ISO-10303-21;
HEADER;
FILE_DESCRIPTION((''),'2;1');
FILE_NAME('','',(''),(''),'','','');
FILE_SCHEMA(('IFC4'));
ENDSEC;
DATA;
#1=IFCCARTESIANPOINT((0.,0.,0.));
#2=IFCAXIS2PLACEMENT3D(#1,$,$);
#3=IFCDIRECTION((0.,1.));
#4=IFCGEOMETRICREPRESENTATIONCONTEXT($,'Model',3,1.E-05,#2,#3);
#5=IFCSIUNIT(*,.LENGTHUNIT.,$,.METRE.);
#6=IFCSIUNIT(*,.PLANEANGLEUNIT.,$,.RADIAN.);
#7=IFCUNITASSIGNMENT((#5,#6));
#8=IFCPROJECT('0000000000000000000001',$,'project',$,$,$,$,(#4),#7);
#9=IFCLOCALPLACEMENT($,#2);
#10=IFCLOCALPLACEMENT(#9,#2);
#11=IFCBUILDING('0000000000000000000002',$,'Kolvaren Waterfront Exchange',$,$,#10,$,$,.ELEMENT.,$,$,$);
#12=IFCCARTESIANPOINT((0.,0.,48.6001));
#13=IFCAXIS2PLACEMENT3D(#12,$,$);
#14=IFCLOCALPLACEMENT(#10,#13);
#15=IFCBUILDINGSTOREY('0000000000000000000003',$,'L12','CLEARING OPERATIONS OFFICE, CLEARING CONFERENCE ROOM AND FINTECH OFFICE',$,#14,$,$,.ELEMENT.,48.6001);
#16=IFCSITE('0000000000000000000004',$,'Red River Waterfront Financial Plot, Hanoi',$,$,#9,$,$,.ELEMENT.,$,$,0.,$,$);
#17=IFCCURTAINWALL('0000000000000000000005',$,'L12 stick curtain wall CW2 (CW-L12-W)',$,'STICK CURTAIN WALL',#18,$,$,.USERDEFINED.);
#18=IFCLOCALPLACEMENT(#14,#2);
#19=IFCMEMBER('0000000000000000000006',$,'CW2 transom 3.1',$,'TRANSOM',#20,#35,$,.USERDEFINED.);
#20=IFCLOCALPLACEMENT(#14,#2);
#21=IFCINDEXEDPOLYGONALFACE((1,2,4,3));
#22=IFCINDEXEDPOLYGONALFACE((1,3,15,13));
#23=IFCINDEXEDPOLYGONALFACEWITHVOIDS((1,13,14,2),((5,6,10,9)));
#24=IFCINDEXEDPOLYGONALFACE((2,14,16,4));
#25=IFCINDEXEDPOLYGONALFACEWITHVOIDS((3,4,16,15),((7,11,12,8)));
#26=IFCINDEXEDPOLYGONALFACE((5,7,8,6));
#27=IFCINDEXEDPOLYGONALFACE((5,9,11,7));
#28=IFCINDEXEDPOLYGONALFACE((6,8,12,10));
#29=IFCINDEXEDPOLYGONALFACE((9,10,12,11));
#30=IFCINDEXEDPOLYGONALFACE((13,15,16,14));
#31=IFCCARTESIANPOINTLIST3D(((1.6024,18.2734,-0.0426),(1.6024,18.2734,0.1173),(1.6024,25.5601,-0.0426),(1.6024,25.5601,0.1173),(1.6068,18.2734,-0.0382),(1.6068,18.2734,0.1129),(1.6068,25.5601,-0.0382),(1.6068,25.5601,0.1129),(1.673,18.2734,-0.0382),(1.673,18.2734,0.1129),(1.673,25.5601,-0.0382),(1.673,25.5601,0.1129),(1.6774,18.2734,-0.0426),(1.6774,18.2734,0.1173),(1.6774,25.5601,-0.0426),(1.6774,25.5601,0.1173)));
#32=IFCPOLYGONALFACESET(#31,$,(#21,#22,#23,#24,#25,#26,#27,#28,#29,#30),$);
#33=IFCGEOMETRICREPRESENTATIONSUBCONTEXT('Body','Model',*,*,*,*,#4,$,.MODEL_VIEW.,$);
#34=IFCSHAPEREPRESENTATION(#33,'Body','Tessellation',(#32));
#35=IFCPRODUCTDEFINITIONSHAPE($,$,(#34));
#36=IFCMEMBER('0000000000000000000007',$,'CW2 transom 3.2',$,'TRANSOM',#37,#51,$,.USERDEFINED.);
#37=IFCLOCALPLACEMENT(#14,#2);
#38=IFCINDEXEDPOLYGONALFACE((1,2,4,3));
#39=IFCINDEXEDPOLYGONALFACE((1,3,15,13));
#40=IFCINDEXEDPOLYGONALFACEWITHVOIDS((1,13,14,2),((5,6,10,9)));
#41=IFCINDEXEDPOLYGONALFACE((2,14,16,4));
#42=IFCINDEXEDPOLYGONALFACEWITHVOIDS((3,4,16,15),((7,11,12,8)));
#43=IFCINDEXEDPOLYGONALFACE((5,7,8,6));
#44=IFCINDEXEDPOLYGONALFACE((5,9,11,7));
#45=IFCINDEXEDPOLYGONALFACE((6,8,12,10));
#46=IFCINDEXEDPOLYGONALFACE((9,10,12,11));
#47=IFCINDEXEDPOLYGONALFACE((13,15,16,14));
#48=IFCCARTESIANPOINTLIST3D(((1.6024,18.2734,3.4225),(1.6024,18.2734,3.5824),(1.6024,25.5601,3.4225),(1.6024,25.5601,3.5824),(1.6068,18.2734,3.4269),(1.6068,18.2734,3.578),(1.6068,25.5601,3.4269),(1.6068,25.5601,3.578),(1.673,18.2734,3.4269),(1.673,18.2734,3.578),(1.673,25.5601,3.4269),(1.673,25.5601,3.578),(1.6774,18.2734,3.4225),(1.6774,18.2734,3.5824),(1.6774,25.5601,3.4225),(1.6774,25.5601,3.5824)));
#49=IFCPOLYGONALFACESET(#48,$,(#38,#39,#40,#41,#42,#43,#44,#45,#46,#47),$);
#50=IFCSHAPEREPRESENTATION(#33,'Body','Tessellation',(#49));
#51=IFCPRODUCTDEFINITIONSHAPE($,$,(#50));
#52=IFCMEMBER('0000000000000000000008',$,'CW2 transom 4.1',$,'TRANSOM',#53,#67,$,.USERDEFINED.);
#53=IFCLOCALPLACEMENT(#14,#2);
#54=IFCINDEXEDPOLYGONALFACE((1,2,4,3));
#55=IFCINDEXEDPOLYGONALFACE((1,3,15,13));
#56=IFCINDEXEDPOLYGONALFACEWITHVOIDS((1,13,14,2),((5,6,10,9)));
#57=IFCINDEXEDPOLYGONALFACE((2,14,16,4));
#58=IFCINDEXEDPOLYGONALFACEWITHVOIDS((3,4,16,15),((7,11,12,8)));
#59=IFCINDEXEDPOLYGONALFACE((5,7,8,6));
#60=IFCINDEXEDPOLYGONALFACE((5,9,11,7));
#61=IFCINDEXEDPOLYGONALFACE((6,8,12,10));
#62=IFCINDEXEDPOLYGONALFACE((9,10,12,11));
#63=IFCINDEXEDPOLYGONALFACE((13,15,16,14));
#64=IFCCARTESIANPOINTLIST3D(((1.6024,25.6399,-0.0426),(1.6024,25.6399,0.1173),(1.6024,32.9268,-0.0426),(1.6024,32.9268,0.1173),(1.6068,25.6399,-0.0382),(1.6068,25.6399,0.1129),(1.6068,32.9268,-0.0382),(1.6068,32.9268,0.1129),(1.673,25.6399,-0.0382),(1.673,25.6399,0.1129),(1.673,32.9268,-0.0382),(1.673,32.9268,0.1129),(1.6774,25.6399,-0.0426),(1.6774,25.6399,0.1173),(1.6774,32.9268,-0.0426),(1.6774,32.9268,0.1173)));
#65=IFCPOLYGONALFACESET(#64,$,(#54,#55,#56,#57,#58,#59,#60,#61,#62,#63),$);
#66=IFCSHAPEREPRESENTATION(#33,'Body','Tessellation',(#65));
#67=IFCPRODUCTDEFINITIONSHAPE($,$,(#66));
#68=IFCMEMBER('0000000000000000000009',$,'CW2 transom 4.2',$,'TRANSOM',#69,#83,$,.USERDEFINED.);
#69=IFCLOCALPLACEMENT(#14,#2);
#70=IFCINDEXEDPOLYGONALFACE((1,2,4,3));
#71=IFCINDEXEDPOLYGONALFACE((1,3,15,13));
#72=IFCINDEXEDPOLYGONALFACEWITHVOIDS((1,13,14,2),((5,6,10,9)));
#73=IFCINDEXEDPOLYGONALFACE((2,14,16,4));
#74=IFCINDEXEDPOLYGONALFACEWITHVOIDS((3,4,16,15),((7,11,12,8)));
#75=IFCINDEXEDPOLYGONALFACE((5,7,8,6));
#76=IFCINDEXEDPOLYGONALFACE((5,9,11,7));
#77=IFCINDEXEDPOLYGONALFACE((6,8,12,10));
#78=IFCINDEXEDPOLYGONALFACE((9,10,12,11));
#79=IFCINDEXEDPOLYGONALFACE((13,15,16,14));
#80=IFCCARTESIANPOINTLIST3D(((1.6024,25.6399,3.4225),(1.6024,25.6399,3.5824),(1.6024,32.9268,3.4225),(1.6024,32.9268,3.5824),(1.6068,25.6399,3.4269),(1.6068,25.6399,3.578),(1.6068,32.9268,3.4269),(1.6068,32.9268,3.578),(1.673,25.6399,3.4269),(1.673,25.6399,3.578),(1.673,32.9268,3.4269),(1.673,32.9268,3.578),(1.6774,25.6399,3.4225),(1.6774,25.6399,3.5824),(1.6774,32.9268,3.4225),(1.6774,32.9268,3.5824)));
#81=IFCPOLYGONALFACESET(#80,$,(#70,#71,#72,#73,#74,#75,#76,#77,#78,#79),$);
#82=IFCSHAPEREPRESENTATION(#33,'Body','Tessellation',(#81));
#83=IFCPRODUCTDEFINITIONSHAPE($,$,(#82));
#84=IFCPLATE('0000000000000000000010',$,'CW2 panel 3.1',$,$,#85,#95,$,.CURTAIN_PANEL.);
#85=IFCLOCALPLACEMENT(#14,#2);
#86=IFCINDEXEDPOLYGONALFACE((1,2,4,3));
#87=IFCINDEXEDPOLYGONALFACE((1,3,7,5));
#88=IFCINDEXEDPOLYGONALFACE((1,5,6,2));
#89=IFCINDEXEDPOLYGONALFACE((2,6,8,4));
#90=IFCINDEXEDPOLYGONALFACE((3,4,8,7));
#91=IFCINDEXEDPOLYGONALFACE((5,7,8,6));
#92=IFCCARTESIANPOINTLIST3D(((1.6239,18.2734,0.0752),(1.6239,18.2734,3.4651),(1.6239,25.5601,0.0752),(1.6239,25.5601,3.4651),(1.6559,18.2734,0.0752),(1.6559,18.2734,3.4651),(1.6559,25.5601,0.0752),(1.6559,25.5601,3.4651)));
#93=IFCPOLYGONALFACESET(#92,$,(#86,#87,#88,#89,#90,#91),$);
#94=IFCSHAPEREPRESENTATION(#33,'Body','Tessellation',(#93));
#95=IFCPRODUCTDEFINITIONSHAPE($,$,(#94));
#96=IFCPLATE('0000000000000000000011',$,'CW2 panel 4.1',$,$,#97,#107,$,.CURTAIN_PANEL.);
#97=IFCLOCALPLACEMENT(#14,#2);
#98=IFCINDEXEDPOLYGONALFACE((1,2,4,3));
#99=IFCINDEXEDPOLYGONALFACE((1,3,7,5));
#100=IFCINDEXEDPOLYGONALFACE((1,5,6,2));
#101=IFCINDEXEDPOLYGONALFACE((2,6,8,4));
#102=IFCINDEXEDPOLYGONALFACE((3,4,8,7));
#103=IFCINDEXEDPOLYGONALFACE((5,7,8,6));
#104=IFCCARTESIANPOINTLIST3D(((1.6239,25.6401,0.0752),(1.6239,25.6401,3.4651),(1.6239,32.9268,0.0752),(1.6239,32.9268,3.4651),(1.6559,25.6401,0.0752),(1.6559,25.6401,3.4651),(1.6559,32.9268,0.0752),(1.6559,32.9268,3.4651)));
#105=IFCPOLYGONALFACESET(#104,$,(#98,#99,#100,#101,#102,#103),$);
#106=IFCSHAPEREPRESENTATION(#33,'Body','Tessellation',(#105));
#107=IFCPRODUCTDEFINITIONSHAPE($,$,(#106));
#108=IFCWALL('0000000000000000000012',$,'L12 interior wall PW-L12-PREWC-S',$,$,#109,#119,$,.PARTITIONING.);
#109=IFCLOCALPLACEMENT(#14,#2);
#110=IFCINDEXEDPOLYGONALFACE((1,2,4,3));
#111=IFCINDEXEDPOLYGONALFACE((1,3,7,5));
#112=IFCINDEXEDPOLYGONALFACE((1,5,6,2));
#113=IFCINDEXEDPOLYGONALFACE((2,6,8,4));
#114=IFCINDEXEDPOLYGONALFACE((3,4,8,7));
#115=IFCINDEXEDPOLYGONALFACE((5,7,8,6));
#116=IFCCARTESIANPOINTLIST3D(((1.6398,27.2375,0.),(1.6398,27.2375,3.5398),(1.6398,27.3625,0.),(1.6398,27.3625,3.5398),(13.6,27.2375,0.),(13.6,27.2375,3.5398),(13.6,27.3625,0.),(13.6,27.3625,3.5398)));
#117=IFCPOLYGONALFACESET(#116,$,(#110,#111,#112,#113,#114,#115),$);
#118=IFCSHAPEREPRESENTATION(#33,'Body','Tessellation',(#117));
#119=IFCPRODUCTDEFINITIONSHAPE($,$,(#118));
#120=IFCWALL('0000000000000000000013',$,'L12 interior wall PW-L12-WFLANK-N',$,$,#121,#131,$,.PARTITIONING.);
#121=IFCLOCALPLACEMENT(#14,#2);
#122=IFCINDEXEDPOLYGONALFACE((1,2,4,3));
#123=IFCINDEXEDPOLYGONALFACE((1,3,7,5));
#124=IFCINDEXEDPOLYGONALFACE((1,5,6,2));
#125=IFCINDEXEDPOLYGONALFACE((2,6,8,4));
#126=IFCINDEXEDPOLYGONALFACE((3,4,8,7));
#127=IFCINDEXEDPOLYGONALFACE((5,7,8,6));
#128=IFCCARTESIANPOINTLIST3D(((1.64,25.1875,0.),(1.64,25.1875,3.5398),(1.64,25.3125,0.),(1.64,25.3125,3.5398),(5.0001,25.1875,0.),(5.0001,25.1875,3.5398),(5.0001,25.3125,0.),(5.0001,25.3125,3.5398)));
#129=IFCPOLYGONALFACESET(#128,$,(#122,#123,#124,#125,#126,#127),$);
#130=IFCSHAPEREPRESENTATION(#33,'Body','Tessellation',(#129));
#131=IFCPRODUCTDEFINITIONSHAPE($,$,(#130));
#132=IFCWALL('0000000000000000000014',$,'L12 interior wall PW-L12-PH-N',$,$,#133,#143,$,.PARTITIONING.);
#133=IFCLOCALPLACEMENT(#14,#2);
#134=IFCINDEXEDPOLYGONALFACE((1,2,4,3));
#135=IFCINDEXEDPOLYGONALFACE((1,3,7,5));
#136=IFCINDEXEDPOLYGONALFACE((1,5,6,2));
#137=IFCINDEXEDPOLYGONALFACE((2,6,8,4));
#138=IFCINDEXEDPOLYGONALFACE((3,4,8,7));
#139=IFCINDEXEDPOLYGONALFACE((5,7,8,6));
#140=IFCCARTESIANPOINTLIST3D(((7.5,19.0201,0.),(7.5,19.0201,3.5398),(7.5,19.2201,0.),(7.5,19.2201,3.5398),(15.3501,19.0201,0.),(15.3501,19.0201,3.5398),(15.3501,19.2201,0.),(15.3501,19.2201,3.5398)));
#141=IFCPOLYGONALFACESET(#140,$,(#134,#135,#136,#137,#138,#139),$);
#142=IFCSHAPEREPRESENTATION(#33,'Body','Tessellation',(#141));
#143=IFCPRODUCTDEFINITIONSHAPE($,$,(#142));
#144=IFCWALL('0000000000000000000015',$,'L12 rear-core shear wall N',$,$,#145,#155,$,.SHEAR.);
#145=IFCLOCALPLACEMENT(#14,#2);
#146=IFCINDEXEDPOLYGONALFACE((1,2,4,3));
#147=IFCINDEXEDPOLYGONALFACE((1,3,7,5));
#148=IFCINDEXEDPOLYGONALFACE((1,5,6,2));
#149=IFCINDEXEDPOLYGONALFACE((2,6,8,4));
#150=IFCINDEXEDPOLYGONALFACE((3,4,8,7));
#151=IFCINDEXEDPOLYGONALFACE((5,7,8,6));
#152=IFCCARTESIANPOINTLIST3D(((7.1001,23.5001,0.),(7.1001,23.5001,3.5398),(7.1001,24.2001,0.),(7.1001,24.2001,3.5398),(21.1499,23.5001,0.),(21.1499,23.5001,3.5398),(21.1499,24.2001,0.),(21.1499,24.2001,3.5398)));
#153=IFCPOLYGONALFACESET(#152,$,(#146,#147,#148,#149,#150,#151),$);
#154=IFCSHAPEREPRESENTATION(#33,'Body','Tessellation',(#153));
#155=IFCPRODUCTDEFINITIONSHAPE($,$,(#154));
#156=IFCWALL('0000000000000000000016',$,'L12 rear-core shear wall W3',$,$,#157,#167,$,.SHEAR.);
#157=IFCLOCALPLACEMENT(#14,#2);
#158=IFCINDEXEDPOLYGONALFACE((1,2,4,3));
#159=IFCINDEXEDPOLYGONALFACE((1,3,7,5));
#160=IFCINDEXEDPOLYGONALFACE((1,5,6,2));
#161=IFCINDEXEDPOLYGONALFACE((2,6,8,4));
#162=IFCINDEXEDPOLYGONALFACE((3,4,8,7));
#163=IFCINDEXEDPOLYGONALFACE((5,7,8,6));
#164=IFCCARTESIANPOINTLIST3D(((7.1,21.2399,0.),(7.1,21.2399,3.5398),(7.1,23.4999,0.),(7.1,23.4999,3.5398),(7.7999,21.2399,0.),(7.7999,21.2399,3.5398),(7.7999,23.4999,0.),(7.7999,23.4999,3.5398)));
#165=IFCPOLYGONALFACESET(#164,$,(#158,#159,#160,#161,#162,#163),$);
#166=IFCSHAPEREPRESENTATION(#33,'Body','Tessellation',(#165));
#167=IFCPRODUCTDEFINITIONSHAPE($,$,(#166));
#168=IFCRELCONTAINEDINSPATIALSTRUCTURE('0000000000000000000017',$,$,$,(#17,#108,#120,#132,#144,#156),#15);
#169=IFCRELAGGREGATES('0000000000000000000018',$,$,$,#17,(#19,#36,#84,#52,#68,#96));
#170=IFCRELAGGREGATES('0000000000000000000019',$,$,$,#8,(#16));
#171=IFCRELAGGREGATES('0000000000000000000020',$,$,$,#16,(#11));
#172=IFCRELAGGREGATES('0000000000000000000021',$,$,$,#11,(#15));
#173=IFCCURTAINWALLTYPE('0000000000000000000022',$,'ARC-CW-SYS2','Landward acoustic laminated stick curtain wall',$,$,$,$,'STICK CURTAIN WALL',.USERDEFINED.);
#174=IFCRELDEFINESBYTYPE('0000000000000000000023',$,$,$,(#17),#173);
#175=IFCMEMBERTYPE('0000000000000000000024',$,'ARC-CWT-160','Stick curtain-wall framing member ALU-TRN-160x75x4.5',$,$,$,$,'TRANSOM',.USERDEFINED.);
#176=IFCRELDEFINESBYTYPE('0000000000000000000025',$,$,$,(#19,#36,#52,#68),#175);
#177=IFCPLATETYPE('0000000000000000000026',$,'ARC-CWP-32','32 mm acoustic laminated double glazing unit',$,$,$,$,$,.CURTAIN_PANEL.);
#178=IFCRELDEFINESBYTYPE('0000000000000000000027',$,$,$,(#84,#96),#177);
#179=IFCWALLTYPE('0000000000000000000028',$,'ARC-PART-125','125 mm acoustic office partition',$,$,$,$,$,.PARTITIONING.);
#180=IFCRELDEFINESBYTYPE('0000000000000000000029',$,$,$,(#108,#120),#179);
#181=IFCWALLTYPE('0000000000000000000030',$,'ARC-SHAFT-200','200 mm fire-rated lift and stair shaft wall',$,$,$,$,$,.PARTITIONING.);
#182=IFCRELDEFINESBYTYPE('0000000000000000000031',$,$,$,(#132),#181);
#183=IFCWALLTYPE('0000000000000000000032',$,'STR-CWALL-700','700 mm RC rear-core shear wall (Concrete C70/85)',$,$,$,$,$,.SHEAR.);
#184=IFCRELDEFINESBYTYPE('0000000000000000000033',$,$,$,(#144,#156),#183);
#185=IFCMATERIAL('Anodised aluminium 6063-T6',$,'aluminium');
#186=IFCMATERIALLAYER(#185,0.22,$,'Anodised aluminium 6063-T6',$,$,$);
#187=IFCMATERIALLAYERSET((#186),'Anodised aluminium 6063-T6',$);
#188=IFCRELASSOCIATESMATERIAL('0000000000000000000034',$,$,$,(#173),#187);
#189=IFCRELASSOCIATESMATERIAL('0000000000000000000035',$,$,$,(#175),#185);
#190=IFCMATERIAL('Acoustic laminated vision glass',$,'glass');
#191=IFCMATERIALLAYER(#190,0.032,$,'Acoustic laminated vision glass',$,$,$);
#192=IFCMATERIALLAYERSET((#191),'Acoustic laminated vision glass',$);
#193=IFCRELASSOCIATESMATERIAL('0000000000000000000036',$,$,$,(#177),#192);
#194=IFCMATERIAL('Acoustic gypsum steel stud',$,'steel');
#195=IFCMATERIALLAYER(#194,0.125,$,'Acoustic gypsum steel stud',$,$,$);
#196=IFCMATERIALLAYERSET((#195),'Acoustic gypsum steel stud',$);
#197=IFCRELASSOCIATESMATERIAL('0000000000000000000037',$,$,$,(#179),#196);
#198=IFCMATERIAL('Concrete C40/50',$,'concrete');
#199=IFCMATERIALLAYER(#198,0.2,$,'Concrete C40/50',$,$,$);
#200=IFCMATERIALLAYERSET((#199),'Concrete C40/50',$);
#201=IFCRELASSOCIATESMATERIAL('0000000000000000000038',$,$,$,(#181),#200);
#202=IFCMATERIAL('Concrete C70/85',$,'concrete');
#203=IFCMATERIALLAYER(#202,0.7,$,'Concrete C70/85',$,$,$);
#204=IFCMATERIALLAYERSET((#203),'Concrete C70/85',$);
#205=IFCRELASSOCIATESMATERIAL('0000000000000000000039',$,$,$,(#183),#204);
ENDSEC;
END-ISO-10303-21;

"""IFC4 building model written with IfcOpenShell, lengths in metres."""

from ifc_helpers import new_model, si_unit, direction, frame, frame_2d, origin, origin_with_axes, origin_2d, place, context, subcontext, project, spatial, rectangle, hollow_rectangle, extrude, source, transform, mapped, material, layer, layer_set, material_profile, profile_set, type_object, element, aggregate, save


model = new_model("IFC4")

# Units and contexts
model_context = context("Model", 3, precision=1e-05, world=origin(), true_north=direction((0.0, 1.0)))
body_context = subcontext(model_context, "Body", "Model", "MODEL_VIEW")
ifc_project = project(units=[si_unit("LENGTHUNIT", "METRE"), si_unit("PLANEANGLEUNIT", "RADIAN")], contexts=[model_context])

# Site, building, storey
site_placement = place(None, origin())
site = spatial("IfcSite", under=ifc_project, at=site_placement, Name="Red River Waterfront Financial Plot, Hanoi", CompositionType="ELEMENT", RefElevation=0.0)
building_placement = place(site_placement, origin())
building = spatial("IfcBuilding", under=site, at=building_placement, Name="Kolvaren Waterfront Exchange", CompositionType="ELEMENT")
storey_placement = place(building_placement, frame((0.0, 0.0, 48.6001)))
storey = spatial("IfcBuildingStorey", under=building, at=storey_placement, Name="L12", Description="CLEARING OPERATIONS OFFICE, CLEARING CONFERENCE ROOM AND FINTECH OFFICE", CompositionType="ELEMENT", Elevation=48.6001)

# Shared definitions
ifc_material_1 = material(Name="Concrete C70/85", Category="concrete")

# Curtain wall, members, plates
ifc_material_2 = material(Name="Anodised aluminium 6063-T6", Category="aluminium")
ifc_layer_1 = layer(ifc_material_2, 0.22, Name="Anodised aluminium 6063-T6")
ifc_layer_set_1 = layer_set([ifc_layer_1], Name="Anodised aluminium 6063-T6")
curtain_wall_type = type_object("IfcCurtainWallType", Name="ARC-CW-SYS2", Description="Landward acoustic laminated stick curtain wall", ElementType="STICK CURTAIN WALL", PredefinedType="USERDEFINED", material=ifc_layer_set_1)
curtain_wall_placement = place(storey_placement, origin())
curtain_wall = element("IfcCurtainWall", 1, at=curtain_wall_placement, inside=storey, type_object=curtain_wall_type, Name="L12 stick curtain wall CW2 (CW-L12-W)", ObjectType="STICK CURTAIN WALL", PredefinedType="USERDEFINED")
ifc_material_profile_1 = material_profile(ifc_material_2, hollow_rectangle(XDim=0.075, YDim=0.1599, WallThickness=0.0044, at=origin_2d()), Name="ALU-TRN-160x75x4.5")
ifc_profile_set_1 = profile_set([ifc_material_profile_1], Name="Anodised aluminium 6063-T6")
member_type_1 = type_object("IfcMemberType", Name="ARC-CWT-160", Description="Stick curtain-wall framing member ALU-TRN-160x75x4.5", ElementType="TRANSOM", PredefinedType="USERDEFINED", material=ifc_profile_set_1)
shared_shape_1 = source(origin_with_axes(), body_context, "Body", "SweptSolid", [
    extrude(hollow_rectangle(XDim=0.075, YDim=0.1599, WallThickness=0.0044, at=origin_2d()), origin(), (0.0, 0.0, 1.0), 7.2866),
])
member_1_placement = place(storey_placement, frame((1.6399, 18.2734, 0.0374), z_axis=(0.0, 1.0, 0.0), x_axis=(-1.0, 0.0, 0.0)))
member_1 = element("IfcMember", 2, at=member_1_placement, type_object=member_type_1, Name="CW2 transom 3.1", ObjectType="TRANSOM", PredefinedType="USERDEFINED", context=body_context, shape_type="MappedRepresentation", body=[
    mapped(shared_shape_1, transform((0.0, 0.0, 0.0), x_axis=(1.0, 0.0, 0.0), y_axis=(0.0, 1.0, 0.0), z_axis=(0.0, 0.0, 1.0), scale=1.0)),
])
member_2_placement = place(storey_placement, frame((1.6399, 18.2734, 3.5024), z_axis=(0.0, 1.0, 0.0), x_axis=(-1.0, 0.0, 0.0)))
member_2 = element("IfcMember", 3, at=member_2_placement, type_object=member_type_1, Name="CW2 transom 3.2", ObjectType="TRANSOM", PredefinedType="USERDEFINED", context=body_context, shape_type="MappedRepresentation", body=[
    mapped(shared_shape_1, transform((0.0, 0.0, 0.0), x_axis=(1.0, 0.0, 0.0), y_axis=(0.0, 1.0, 0.0), z_axis=(0.0, 0.0, 1.0), scale=1.0)),
])
shared_shape_2 = source(origin_with_axes(), body_context, "Body", "SweptSolid", [
    extrude(hollow_rectangle(XDim=0.075, YDim=0.1599, WallThickness=0.0044, at=origin_2d()), origin(), (0.0, 0.0, 1.0), 7.2869),
])
member_3_placement = place(storey_placement, frame((1.6399, 25.6399, 0.0374), z_axis=(0.0, 1.0, 0.0), x_axis=(-1.0, 0.0, 0.0)))
member_3 = element("IfcMember", 4, at=member_3_placement, type_object=member_type_1, Name="CW2 transom 4.1", ObjectType="TRANSOM", PredefinedType="USERDEFINED", context=body_context, shape_type="MappedRepresentation", body=[
    mapped(shared_shape_2, transform((0.0, 0.0, 0.0), x_axis=(1.0, 0.0, 0.0), y_axis=(0.0, 1.0, 0.0), z_axis=(0.0, 0.0, 1.0), scale=1.0)),
])
member_4_placement = place(storey_placement, frame((1.6399, 25.6399, 3.5024), z_axis=(0.0, 1.0, 0.0), x_axis=(-1.0, 0.0, 0.0)))
member_4 = element("IfcMember", 5, at=member_4_placement, type_object=member_type_1, Name="CW2 transom 4.2", ObjectType="TRANSOM", PredefinedType="USERDEFINED", context=body_context, shape_type="MappedRepresentation", body=[
    mapped(shared_shape_2, transform((0.0, 0.0, 0.0), x_axis=(1.0, 0.0, 0.0), y_axis=(0.0, 1.0, 0.0), z_axis=(0.0, 0.0, 1.0), scale=1.0)),
])
ifc_material_3 = material(Name="Acoustic laminated vision glass", Category="glass")
ifc_layer_2 = layer(ifc_material_3, 0.032, Name="Acoustic laminated vision glass")
ifc_layer_set_2 = layer_set([ifc_layer_2], Name="Acoustic laminated vision glass")
plate_type = type_object("IfcPlateType", Name="ARC-CWP-32", Description="32 mm acoustic laminated double glazing unit", PredefinedType="CURTAIN_PANEL", material=ifc_layer_set_2)
shared_shape_3 = source(origin_with_axes(), body_context, "Body", "SweptSolid", [
    extrude(rectangle(XDim=7.2866, YDim=0.032, at=origin_2d()), origin(), (0.0, 0.0, 1.0), 3.3899),
])
plate_1_placement = place(storey_placement, frame((1.6399, 21.9167, 0.0752), z_axis=(0.0, 0.0, 1.0), x_axis=(0.0, 1.0, 0.0)))
plate_1 = element("IfcPlate", 6, at=plate_1_placement, type_object=plate_type, Name="CW2 panel 3.1", PredefinedType="CURTAIN_PANEL", context=body_context, shape_type="MappedRepresentation", body=[
    mapped(shared_shape_3, transform((0.0, 0.0, 0.0), x_axis=(1.0, 0.0, 0.0), y_axis=(0.0, 1.0, 0.0), z_axis=(0.0, 0.0, 1.0), scale=1.0)),
])
plate_2_placement = place(storey_placement, frame((1.6399, 29.2834, 0.0752), z_axis=(0.0, 0.0, 1.0), x_axis=(0.0, 1.0, 0.0)))
plate_2 = element("IfcPlate", 7, at=plate_2_placement, type_object=plate_type, Name="CW2 panel 4.1", PredefinedType="CURTAIN_PANEL", context=body_context, shape_type="MappedRepresentation", body=[
    mapped(shared_shape_3, transform((0.0, 0.0, 0.0), x_axis=(1.0, 0.0, 0.0), y_axis=(0.0, 1.0, 0.0), z_axis=(0.0, 0.0, 1.0), scale=1.0)),
])
aggregate(curtain_wall, [member_1, member_2, plate_1, member_3, member_4, plate_2])

# Walls
ifc_material_4 = material(Name="Acoustic gypsum steel stud", Category="steel")
ifc_layer_3 = layer(ifc_material_4, 0.125, Name="Acoustic gypsum steel stud")
ifc_layer_set_3 = layer_set([ifc_layer_3], Name="Acoustic gypsum steel stud")
wall_type_1 = type_object("IfcWallType", Name="ARC-PART-125", Description="125 mm acoustic office partition", PredefinedType="PARTITIONING", material=ifc_layer_set_3)
wall_1_placement = place(storey_placement, frame((1.6399, 27.3, 0.0), z_axis=(0.0, 0.0, 1.0), x_axis=(1.0, 0.0, 0.0)))
element("IfcWall", 8, at=wall_1_placement, inside=storey, type_object=wall_type_1, Name="L12 interior wall PW-L12-PREWC-S", PredefinedType="PARTITIONING", context=body_context, shape_type="SweptSolid", body=[
    extrude(rectangle(XDim=11.9602, YDim=0.125, at=frame_2d((5.98, 0.0))), origin(), (0.0, 0.0, 1.0), 3.5398),
])
wall_2_placement = place(storey_placement, frame((1.6399, 25.25, 0.0), z_axis=(0.0, 0.0, 1.0), x_axis=(1.0, 0.0, 0.0)))
element("IfcWall", 9, at=wall_2_placement, inside=storey, type_object=wall_type_1, Name="L12 interior wall PW-L12-WFLANK-N", PredefinedType="PARTITIONING", context=body_context, shape_type="SweptSolid", body=[
    extrude(rectangle(XDim=3.3601, YDim=0.125, at=frame_2d((1.6802, 0.0))), origin(), (0.0, 0.0, 1.0), 3.5398),
])
ifc_material_5 = material(Name="Concrete C40/50", Category="concrete")
ifc_layer_4 = layer(ifc_material_5, 0.2, Name="Concrete C40/50")
ifc_layer_set_4 = layer_set([ifc_layer_4], Name="Concrete C40/50")
wall_type_2 = type_object("IfcWallType", Name="ARC-SHAFT-200", Description="200 mm fire-rated lift and stair shaft wall", PredefinedType="PARTITIONING", material=ifc_layer_set_4)
wall_3_placement = place(storey_placement, frame((7.5, 19.1201, 0.0), z_axis=(0.0, 0.0, 1.0), x_axis=(1.0, 0.0, 0.0)))
element("IfcWall", 10, at=wall_3_placement, inside=storey, type_object=wall_type_2, Name="L12 interior wall PW-L12-PH-N", PredefinedType="PARTITIONING", context=body_context, shape_type="SweptSolid", body=[
    extrude(rectangle(XDim=7.8501, YDim=0.2, at=frame_2d((3.925, 0.0))), origin(), (0.0, 0.0, 1.0), 3.5398),
])
ifc_layer_5 = layer(ifc_material_1, 0.7, Name="Concrete C70/85")
ifc_layer_set_5 = layer_set([ifc_layer_5], Name="Concrete C70/85")
wall_type_3 = type_object("IfcWallType", Name="STR-CWALL-700", Description="700 mm RC rear-core shear wall (Concrete C70/85)", PredefinedType="SHEAR", material=ifc_layer_set_5)
wall_4_placement = place(storey_placement, frame((7.1001, 23.8501, 0.0), z_axis=(0.0, 0.0, 1.0), x_axis=(1.0, 0.0, 0.0)))
element("IfcWall", 11, at=wall_4_placement, inside=storey, type_object=wall_type_3, Name="L12 rear-core shear wall N", PredefinedType="SHEAR", context=body_context, shape_type="SweptSolid", body=[
    extrude(rectangle(XDim=14.0498, YDim=0.7, at=frame_2d((7.0249, 0.0))), origin(), (0.0, 0.0, 1.0), 3.5398),
])
wall_5_placement = place(storey_placement, frame((7.45, 21.24, 0.0), z_axis=(0.0, 0.0, 1.0), x_axis=(0.0, 1.0, 0.0)))
element("IfcWall", 12, at=wall_5_placement, inside=storey, type_object=wall_type_3, Name="L12 rear-core shear wall W3", PredefinedType="SHEAR", context=body_context, shape_type="SweptSolid", body=[
    extrude(rectangle(XDim=2.26, YDim=0.7, at=frame_2d((1.1299, 0.0))), origin(), (0.0, 0.0, 1.0), 3.5398),
])

save(model, "model.ifc")
